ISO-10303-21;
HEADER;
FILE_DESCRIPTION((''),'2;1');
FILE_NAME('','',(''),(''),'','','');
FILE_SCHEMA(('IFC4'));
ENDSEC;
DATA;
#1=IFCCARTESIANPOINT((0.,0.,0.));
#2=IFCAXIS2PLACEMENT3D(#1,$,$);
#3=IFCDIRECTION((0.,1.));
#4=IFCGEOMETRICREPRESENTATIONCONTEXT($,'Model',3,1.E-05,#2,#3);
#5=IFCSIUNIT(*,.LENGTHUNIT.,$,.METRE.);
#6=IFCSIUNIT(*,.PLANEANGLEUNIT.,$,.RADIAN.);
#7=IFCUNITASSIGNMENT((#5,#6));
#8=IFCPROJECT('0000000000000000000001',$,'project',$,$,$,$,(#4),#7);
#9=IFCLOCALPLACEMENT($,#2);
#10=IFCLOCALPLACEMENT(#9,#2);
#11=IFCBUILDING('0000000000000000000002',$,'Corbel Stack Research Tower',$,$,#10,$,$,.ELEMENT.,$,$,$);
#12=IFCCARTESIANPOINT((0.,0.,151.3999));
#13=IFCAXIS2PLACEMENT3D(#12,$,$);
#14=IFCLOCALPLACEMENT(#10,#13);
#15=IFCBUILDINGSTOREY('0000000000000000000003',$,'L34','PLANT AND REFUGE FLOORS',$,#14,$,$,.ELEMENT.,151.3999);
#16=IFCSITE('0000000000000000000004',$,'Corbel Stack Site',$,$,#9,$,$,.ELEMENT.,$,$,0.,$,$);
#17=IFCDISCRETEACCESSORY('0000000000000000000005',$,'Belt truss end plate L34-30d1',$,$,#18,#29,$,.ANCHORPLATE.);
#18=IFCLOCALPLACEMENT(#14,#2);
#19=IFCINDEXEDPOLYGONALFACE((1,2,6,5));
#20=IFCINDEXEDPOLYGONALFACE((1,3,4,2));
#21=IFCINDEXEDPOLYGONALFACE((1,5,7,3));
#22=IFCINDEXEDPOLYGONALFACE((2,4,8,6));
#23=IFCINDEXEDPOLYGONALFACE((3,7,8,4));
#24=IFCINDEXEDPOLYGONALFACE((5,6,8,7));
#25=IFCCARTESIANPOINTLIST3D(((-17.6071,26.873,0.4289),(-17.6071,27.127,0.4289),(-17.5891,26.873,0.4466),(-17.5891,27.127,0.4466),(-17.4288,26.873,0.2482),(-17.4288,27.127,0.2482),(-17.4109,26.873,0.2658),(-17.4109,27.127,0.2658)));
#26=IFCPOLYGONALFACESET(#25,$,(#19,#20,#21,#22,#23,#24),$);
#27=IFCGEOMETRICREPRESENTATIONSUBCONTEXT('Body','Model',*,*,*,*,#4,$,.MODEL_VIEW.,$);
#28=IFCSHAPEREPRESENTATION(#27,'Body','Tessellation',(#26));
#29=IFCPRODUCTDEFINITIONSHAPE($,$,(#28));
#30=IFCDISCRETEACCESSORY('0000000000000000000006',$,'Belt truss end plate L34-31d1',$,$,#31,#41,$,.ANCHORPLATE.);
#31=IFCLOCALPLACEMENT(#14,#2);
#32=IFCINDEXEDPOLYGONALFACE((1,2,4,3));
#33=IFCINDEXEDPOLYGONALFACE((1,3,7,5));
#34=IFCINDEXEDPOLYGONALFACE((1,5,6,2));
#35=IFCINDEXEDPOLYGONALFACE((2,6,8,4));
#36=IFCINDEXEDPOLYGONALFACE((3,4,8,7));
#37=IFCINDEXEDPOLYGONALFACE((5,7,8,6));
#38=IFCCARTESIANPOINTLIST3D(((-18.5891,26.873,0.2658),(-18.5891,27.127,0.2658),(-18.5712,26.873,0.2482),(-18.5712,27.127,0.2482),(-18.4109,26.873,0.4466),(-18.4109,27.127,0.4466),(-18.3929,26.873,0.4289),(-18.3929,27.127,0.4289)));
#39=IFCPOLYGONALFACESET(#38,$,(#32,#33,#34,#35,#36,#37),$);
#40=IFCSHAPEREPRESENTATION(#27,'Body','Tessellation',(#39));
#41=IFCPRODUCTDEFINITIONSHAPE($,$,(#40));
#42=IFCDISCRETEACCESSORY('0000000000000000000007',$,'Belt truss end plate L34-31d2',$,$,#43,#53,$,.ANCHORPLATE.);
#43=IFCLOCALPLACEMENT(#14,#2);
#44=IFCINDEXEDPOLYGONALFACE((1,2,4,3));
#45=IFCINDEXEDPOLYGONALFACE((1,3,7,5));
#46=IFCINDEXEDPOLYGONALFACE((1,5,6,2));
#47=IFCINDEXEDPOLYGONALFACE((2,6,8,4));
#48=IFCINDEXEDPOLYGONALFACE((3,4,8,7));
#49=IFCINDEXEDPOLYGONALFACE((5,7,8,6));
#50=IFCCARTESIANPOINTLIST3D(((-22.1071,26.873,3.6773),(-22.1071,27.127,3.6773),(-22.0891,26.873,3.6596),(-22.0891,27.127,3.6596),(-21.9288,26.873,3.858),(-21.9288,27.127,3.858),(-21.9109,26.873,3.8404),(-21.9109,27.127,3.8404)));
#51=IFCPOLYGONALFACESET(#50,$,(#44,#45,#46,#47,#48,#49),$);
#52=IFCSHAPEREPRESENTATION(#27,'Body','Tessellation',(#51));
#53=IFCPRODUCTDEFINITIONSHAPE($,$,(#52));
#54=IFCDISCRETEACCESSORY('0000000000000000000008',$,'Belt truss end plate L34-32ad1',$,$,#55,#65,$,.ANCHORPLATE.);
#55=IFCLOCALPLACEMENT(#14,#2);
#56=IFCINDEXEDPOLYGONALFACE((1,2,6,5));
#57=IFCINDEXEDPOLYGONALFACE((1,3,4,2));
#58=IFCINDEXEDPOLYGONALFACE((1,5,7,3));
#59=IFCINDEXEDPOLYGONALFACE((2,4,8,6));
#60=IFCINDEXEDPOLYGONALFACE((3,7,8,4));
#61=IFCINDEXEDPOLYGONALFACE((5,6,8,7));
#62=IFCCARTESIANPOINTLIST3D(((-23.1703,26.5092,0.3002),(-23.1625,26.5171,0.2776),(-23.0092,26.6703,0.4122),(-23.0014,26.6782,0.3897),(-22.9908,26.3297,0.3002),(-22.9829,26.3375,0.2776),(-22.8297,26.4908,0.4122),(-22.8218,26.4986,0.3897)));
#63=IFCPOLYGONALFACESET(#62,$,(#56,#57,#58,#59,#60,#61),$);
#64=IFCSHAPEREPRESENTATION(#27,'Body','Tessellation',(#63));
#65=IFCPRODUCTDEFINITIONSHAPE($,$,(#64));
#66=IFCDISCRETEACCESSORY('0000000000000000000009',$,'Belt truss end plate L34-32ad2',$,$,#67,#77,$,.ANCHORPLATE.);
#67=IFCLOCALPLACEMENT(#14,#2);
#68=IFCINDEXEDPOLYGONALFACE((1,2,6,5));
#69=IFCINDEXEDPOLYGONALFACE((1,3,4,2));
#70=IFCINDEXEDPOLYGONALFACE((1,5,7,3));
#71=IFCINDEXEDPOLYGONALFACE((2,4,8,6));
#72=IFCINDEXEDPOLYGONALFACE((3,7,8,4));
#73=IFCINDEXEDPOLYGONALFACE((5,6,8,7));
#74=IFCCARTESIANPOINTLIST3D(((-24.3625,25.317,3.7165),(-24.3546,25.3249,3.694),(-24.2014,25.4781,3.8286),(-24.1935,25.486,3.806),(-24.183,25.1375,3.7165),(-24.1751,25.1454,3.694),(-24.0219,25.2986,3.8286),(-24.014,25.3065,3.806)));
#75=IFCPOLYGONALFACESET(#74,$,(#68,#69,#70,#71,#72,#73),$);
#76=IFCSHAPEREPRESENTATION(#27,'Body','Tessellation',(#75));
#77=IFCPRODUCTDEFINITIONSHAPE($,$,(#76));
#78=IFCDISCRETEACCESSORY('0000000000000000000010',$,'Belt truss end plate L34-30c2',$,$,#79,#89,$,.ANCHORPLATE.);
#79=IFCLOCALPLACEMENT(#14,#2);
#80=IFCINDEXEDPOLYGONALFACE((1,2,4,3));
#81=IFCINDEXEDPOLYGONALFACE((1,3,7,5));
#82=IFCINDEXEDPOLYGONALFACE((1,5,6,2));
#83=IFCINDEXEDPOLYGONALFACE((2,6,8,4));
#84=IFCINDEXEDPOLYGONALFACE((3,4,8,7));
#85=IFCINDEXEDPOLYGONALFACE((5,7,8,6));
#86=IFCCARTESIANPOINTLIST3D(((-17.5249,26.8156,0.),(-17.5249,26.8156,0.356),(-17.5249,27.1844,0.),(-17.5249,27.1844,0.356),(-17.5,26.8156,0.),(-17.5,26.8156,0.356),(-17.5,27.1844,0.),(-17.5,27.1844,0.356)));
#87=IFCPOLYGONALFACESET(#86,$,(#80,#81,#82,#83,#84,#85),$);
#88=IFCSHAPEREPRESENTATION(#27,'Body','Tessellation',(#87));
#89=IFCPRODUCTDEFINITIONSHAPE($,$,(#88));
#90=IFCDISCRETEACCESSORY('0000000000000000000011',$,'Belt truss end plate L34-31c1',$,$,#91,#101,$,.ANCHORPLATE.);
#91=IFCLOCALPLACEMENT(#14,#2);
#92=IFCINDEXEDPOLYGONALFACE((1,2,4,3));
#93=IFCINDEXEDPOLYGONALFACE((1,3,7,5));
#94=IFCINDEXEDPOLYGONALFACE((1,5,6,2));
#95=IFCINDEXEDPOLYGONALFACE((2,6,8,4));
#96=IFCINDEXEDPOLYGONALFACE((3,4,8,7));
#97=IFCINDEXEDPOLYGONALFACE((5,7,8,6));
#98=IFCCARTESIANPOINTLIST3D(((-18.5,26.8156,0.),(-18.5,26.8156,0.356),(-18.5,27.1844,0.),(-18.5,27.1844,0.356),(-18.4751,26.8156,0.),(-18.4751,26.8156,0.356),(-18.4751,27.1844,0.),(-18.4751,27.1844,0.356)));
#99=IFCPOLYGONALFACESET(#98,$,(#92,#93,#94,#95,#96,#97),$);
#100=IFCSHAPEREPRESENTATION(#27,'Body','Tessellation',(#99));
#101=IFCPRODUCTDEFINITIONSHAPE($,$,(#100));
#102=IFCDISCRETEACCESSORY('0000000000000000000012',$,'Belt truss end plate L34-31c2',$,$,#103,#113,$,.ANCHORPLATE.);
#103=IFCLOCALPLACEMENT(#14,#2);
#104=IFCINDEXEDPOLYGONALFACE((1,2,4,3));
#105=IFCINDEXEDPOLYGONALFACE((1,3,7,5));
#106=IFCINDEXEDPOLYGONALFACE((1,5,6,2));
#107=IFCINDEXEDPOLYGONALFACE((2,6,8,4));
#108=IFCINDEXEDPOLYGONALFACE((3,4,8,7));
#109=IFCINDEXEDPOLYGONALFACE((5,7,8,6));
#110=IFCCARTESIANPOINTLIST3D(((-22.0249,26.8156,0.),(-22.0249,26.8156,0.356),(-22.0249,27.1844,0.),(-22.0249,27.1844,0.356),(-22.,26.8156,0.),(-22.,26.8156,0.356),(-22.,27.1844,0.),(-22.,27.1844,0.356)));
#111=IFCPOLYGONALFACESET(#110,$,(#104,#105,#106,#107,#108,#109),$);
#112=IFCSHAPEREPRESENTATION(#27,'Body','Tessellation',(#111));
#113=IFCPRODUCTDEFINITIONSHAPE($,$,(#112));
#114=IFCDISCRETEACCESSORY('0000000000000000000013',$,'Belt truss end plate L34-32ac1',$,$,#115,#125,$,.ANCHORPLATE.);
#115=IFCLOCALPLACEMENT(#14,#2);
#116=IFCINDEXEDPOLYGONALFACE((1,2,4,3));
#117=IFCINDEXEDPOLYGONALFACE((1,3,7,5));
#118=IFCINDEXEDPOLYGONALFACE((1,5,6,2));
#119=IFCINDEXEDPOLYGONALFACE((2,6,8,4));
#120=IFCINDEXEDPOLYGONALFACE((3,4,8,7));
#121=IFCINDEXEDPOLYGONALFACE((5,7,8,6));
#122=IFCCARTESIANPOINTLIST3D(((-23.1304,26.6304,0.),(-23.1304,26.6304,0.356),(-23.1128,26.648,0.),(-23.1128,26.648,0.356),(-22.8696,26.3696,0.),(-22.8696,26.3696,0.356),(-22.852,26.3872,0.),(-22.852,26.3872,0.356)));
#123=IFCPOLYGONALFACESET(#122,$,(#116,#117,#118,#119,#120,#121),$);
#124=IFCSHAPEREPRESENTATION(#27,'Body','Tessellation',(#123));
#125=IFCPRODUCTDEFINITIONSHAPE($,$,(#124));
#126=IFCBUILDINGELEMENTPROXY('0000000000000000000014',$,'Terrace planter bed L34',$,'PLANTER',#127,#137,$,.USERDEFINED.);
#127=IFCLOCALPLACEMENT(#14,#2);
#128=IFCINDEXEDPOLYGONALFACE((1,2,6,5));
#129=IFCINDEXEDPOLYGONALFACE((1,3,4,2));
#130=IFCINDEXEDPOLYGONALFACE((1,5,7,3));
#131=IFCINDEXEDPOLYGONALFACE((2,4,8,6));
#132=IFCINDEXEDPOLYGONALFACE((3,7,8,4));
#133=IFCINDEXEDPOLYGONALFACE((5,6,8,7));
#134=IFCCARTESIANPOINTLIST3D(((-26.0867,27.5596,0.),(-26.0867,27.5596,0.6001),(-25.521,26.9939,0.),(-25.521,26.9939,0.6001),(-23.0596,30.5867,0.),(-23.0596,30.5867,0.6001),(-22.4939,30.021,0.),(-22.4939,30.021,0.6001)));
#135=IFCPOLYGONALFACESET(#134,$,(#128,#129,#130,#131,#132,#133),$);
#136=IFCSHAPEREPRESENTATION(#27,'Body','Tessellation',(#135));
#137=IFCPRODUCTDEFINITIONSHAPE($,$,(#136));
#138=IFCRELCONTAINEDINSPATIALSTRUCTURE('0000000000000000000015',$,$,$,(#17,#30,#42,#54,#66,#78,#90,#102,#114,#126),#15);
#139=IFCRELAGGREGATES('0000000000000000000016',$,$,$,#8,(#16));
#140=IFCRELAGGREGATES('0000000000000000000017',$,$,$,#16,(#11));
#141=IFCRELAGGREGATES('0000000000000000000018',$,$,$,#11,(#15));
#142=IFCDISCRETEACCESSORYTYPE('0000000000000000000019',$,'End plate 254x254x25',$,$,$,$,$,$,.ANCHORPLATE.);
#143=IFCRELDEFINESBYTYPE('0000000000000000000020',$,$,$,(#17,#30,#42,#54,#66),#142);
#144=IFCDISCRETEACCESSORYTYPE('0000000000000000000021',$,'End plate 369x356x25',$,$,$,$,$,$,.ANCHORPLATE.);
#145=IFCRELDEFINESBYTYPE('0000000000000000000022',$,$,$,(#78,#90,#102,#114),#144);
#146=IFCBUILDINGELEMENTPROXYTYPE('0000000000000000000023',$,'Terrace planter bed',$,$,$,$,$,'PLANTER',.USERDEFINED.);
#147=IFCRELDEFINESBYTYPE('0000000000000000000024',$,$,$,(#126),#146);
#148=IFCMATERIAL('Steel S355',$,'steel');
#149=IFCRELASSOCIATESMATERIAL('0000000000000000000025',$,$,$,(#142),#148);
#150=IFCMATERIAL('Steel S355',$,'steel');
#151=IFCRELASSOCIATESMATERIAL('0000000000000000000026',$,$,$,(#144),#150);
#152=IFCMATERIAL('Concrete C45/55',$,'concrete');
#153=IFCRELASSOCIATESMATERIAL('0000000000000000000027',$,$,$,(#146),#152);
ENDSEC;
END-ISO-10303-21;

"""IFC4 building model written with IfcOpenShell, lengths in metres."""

from ifc_helpers import new_model, si_unit, direction, frame, origin, origin_2d, place, context, subcontext, project, spatial, rectangle, extrude, material, material_profile, profile_set, type_object, element, save


model = new_model("IFC4")

# Units and contexts
model_context = context("Model", 3, precision=1e-05, world=origin(), true_north=direction((0.0, 1.0)))
body_context = subcontext(model_context, "Body", "Model", "MODEL_VIEW")
ifc_project = project(units=[si_unit("LENGTHUNIT", "METRE"), si_unit("PLANEANGLEUNIT", "RADIAN")], contexts=[model_context])

# Site, building, storey
site_placement = place(None, origin())
site = spatial("IfcSite", under=ifc_project, at=site_placement, Name="Corbel Stack Site", CompositionType="ELEMENT", RefElevation=0.0)
building_placement = place(site_placement, origin())
building = spatial("IfcBuilding", under=site, at=building_placement, Name="Corbel Stack Research Tower", CompositionType="ELEMENT")
storey_placement = place(building_placement, frame((0.0, 0.0, 151.3999)))
storey = spatial("IfcBuildingStorey", under=building, at=storey_placement, Name="L34", Description="PLANT AND REFUGE FLOORS", CompositionType="ELEMENT", Elevation=151.3999)

# Discrete accessories
ifc_material_1 = material(Name="Steel S355", Category="steel")
ifc_material_profile_1 = material_profile(ifc_material_1, rectangle(XDim=0.2539, YDim=0.2539, at=origin_2d()), Name="End plate 254x254x25")
ifc_profile_set_1 = profile_set([ifc_material_profile_1], Name="Steel S355")
discrete_accessory_type_1 = type_object("IfcDiscreteAccessoryType", Name="End plate 254x254x25", PredefinedType="ANCHORPLATE", material=ifc_profile_set_1)
for number, where, z_axis, x_axis, name in (
    (1, (-17.5, 27.0, 0.3562), (-0.711966, 0.0, -0.702213), (0.0, -1.0, 0.0), "Belt truss end plate L34-30d1"),
    (2, (-18.5, 27.0, 0.3562), (0.711966, 0.0, -0.702213), (0.0, 1.0, 0.0), "Belt truss end plate L34-31d1"),
    (3, (-22.0, 27.0, 3.75), (-0.711966, 0.0, 0.702213), (0.0, -1.0, 0.0), "Belt truss end plate L34-31d2"),
    (4, (-23.0, 26.5, 0.3562), (0.31211, 0.31211, -0.897315), (-0.707107, 0.707107, 0.0), "Belt truss end plate L34-32ad1"),
    (5, (-24.1843, 25.3157, 3.75), (-0.31211, -0.31211, 0.897315), (0.707107, -0.707107, 0.0), "Belt truss end plate L34-32ad2"),
):
    element("IfcDiscreteAccessory", number, at=place(storey_placement, frame(where, z_axis=z_axis, x_axis=x_axis)), inside=storey, type_object=discrete_accessory_type_1, Name=name, PredefinedType="ANCHORPLATE", context=body_context, shape_type="SweptSolid", body=[
        extrude(rectangle(XDim=0.2539, YDim=0.2539, at=origin_2d()), origin(), (0.0, 0.0, 1.0), 0.0251),
    ])
ifc_material_2 = material(Name="Steel S355", Category="steel")
ifc_material_profile_2 = material_profile(ifc_material_2, rectangle(XDim=0.3689, YDim=0.356, at=origin_2d()), Name="End plate 369x356x25")
ifc_profile_set_2 = profile_set([ifc_material_profile_2], Name="Steel S355")
discrete_accessory_type_2 = type_object("IfcDiscreteAccessoryType", Name="End plate 369x356x25", PredefinedType="ANCHORPLATE", material=ifc_profile_set_2)
for number, where, z_axis, x_axis, name in (
    (6, (-17.5, 27.0, 0.178), (-1.0, 0.0, 0.0), (0.0, -1.0, 0.0), "Belt truss end plate L34-30c2"),
    (7, (-18.5, 27.0, 0.178), (1.0, 0.0, 0.0), (0.0, 1.0, 0.0), "Belt truss end plate L34-31c1"),
    (8, (-22.0, 27.0, 0.178), (-1.0, 0.0, 0.0), (0.0, -1.0, 0.0), "Belt truss end plate L34-31c2"),
    (9, (-23.0, 26.5, 0.178), (0.707107, 0.707107, 0.0), (-0.707107, 0.707107, 0.0), "Belt truss end plate L34-32ac1"),
):
    element("IfcDiscreteAccessory", number, at=place(storey_placement, frame(where, z_axis=z_axis, x_axis=x_axis)), inside=storey, type_object=discrete_accessory_type_2, Name=name, PredefinedType="ANCHORPLATE", context=body_context, shape_type="SweptSolid", body=[
        extrude(rectangle(XDim=0.3689, YDim=0.356, at=origin_2d()), origin(), (0.0, 0.0, 1.0), 0.0249),
    ])

# Building element proxy
ifc_material_3 = material(Name="Concrete C45/55", Category="concrete")
building_element_proxy_type = type_object("IfcBuildingElementProxyType", Name="Terrace planter bed", ElementType="PLANTER", PredefinedType="USERDEFINED", material=ifc_material_3)
proxy_placement = place(storey_placement, frame((-24.2903, 28.7903, 0.0), z_axis=(0.0, 0.0, 1.0), x_axis=(0.707107, 0.707107, 0.0)))
element("IfcBuildingElementProxy", 10, at=proxy_placement, inside=storey, type_object=building_element_proxy_type, Name="Terrace planter bed L34", ObjectType="PLANTER", PredefinedType="USERDEFINED", context=body_context, shape_type="SweptSolid", body=[
    extrude(rectangle(XDim=4.281, YDim=0.8, at=origin_2d()), origin(), (0.0, 0.0, 1.0), 0.6001),
])

save(model, "model.ifc")
